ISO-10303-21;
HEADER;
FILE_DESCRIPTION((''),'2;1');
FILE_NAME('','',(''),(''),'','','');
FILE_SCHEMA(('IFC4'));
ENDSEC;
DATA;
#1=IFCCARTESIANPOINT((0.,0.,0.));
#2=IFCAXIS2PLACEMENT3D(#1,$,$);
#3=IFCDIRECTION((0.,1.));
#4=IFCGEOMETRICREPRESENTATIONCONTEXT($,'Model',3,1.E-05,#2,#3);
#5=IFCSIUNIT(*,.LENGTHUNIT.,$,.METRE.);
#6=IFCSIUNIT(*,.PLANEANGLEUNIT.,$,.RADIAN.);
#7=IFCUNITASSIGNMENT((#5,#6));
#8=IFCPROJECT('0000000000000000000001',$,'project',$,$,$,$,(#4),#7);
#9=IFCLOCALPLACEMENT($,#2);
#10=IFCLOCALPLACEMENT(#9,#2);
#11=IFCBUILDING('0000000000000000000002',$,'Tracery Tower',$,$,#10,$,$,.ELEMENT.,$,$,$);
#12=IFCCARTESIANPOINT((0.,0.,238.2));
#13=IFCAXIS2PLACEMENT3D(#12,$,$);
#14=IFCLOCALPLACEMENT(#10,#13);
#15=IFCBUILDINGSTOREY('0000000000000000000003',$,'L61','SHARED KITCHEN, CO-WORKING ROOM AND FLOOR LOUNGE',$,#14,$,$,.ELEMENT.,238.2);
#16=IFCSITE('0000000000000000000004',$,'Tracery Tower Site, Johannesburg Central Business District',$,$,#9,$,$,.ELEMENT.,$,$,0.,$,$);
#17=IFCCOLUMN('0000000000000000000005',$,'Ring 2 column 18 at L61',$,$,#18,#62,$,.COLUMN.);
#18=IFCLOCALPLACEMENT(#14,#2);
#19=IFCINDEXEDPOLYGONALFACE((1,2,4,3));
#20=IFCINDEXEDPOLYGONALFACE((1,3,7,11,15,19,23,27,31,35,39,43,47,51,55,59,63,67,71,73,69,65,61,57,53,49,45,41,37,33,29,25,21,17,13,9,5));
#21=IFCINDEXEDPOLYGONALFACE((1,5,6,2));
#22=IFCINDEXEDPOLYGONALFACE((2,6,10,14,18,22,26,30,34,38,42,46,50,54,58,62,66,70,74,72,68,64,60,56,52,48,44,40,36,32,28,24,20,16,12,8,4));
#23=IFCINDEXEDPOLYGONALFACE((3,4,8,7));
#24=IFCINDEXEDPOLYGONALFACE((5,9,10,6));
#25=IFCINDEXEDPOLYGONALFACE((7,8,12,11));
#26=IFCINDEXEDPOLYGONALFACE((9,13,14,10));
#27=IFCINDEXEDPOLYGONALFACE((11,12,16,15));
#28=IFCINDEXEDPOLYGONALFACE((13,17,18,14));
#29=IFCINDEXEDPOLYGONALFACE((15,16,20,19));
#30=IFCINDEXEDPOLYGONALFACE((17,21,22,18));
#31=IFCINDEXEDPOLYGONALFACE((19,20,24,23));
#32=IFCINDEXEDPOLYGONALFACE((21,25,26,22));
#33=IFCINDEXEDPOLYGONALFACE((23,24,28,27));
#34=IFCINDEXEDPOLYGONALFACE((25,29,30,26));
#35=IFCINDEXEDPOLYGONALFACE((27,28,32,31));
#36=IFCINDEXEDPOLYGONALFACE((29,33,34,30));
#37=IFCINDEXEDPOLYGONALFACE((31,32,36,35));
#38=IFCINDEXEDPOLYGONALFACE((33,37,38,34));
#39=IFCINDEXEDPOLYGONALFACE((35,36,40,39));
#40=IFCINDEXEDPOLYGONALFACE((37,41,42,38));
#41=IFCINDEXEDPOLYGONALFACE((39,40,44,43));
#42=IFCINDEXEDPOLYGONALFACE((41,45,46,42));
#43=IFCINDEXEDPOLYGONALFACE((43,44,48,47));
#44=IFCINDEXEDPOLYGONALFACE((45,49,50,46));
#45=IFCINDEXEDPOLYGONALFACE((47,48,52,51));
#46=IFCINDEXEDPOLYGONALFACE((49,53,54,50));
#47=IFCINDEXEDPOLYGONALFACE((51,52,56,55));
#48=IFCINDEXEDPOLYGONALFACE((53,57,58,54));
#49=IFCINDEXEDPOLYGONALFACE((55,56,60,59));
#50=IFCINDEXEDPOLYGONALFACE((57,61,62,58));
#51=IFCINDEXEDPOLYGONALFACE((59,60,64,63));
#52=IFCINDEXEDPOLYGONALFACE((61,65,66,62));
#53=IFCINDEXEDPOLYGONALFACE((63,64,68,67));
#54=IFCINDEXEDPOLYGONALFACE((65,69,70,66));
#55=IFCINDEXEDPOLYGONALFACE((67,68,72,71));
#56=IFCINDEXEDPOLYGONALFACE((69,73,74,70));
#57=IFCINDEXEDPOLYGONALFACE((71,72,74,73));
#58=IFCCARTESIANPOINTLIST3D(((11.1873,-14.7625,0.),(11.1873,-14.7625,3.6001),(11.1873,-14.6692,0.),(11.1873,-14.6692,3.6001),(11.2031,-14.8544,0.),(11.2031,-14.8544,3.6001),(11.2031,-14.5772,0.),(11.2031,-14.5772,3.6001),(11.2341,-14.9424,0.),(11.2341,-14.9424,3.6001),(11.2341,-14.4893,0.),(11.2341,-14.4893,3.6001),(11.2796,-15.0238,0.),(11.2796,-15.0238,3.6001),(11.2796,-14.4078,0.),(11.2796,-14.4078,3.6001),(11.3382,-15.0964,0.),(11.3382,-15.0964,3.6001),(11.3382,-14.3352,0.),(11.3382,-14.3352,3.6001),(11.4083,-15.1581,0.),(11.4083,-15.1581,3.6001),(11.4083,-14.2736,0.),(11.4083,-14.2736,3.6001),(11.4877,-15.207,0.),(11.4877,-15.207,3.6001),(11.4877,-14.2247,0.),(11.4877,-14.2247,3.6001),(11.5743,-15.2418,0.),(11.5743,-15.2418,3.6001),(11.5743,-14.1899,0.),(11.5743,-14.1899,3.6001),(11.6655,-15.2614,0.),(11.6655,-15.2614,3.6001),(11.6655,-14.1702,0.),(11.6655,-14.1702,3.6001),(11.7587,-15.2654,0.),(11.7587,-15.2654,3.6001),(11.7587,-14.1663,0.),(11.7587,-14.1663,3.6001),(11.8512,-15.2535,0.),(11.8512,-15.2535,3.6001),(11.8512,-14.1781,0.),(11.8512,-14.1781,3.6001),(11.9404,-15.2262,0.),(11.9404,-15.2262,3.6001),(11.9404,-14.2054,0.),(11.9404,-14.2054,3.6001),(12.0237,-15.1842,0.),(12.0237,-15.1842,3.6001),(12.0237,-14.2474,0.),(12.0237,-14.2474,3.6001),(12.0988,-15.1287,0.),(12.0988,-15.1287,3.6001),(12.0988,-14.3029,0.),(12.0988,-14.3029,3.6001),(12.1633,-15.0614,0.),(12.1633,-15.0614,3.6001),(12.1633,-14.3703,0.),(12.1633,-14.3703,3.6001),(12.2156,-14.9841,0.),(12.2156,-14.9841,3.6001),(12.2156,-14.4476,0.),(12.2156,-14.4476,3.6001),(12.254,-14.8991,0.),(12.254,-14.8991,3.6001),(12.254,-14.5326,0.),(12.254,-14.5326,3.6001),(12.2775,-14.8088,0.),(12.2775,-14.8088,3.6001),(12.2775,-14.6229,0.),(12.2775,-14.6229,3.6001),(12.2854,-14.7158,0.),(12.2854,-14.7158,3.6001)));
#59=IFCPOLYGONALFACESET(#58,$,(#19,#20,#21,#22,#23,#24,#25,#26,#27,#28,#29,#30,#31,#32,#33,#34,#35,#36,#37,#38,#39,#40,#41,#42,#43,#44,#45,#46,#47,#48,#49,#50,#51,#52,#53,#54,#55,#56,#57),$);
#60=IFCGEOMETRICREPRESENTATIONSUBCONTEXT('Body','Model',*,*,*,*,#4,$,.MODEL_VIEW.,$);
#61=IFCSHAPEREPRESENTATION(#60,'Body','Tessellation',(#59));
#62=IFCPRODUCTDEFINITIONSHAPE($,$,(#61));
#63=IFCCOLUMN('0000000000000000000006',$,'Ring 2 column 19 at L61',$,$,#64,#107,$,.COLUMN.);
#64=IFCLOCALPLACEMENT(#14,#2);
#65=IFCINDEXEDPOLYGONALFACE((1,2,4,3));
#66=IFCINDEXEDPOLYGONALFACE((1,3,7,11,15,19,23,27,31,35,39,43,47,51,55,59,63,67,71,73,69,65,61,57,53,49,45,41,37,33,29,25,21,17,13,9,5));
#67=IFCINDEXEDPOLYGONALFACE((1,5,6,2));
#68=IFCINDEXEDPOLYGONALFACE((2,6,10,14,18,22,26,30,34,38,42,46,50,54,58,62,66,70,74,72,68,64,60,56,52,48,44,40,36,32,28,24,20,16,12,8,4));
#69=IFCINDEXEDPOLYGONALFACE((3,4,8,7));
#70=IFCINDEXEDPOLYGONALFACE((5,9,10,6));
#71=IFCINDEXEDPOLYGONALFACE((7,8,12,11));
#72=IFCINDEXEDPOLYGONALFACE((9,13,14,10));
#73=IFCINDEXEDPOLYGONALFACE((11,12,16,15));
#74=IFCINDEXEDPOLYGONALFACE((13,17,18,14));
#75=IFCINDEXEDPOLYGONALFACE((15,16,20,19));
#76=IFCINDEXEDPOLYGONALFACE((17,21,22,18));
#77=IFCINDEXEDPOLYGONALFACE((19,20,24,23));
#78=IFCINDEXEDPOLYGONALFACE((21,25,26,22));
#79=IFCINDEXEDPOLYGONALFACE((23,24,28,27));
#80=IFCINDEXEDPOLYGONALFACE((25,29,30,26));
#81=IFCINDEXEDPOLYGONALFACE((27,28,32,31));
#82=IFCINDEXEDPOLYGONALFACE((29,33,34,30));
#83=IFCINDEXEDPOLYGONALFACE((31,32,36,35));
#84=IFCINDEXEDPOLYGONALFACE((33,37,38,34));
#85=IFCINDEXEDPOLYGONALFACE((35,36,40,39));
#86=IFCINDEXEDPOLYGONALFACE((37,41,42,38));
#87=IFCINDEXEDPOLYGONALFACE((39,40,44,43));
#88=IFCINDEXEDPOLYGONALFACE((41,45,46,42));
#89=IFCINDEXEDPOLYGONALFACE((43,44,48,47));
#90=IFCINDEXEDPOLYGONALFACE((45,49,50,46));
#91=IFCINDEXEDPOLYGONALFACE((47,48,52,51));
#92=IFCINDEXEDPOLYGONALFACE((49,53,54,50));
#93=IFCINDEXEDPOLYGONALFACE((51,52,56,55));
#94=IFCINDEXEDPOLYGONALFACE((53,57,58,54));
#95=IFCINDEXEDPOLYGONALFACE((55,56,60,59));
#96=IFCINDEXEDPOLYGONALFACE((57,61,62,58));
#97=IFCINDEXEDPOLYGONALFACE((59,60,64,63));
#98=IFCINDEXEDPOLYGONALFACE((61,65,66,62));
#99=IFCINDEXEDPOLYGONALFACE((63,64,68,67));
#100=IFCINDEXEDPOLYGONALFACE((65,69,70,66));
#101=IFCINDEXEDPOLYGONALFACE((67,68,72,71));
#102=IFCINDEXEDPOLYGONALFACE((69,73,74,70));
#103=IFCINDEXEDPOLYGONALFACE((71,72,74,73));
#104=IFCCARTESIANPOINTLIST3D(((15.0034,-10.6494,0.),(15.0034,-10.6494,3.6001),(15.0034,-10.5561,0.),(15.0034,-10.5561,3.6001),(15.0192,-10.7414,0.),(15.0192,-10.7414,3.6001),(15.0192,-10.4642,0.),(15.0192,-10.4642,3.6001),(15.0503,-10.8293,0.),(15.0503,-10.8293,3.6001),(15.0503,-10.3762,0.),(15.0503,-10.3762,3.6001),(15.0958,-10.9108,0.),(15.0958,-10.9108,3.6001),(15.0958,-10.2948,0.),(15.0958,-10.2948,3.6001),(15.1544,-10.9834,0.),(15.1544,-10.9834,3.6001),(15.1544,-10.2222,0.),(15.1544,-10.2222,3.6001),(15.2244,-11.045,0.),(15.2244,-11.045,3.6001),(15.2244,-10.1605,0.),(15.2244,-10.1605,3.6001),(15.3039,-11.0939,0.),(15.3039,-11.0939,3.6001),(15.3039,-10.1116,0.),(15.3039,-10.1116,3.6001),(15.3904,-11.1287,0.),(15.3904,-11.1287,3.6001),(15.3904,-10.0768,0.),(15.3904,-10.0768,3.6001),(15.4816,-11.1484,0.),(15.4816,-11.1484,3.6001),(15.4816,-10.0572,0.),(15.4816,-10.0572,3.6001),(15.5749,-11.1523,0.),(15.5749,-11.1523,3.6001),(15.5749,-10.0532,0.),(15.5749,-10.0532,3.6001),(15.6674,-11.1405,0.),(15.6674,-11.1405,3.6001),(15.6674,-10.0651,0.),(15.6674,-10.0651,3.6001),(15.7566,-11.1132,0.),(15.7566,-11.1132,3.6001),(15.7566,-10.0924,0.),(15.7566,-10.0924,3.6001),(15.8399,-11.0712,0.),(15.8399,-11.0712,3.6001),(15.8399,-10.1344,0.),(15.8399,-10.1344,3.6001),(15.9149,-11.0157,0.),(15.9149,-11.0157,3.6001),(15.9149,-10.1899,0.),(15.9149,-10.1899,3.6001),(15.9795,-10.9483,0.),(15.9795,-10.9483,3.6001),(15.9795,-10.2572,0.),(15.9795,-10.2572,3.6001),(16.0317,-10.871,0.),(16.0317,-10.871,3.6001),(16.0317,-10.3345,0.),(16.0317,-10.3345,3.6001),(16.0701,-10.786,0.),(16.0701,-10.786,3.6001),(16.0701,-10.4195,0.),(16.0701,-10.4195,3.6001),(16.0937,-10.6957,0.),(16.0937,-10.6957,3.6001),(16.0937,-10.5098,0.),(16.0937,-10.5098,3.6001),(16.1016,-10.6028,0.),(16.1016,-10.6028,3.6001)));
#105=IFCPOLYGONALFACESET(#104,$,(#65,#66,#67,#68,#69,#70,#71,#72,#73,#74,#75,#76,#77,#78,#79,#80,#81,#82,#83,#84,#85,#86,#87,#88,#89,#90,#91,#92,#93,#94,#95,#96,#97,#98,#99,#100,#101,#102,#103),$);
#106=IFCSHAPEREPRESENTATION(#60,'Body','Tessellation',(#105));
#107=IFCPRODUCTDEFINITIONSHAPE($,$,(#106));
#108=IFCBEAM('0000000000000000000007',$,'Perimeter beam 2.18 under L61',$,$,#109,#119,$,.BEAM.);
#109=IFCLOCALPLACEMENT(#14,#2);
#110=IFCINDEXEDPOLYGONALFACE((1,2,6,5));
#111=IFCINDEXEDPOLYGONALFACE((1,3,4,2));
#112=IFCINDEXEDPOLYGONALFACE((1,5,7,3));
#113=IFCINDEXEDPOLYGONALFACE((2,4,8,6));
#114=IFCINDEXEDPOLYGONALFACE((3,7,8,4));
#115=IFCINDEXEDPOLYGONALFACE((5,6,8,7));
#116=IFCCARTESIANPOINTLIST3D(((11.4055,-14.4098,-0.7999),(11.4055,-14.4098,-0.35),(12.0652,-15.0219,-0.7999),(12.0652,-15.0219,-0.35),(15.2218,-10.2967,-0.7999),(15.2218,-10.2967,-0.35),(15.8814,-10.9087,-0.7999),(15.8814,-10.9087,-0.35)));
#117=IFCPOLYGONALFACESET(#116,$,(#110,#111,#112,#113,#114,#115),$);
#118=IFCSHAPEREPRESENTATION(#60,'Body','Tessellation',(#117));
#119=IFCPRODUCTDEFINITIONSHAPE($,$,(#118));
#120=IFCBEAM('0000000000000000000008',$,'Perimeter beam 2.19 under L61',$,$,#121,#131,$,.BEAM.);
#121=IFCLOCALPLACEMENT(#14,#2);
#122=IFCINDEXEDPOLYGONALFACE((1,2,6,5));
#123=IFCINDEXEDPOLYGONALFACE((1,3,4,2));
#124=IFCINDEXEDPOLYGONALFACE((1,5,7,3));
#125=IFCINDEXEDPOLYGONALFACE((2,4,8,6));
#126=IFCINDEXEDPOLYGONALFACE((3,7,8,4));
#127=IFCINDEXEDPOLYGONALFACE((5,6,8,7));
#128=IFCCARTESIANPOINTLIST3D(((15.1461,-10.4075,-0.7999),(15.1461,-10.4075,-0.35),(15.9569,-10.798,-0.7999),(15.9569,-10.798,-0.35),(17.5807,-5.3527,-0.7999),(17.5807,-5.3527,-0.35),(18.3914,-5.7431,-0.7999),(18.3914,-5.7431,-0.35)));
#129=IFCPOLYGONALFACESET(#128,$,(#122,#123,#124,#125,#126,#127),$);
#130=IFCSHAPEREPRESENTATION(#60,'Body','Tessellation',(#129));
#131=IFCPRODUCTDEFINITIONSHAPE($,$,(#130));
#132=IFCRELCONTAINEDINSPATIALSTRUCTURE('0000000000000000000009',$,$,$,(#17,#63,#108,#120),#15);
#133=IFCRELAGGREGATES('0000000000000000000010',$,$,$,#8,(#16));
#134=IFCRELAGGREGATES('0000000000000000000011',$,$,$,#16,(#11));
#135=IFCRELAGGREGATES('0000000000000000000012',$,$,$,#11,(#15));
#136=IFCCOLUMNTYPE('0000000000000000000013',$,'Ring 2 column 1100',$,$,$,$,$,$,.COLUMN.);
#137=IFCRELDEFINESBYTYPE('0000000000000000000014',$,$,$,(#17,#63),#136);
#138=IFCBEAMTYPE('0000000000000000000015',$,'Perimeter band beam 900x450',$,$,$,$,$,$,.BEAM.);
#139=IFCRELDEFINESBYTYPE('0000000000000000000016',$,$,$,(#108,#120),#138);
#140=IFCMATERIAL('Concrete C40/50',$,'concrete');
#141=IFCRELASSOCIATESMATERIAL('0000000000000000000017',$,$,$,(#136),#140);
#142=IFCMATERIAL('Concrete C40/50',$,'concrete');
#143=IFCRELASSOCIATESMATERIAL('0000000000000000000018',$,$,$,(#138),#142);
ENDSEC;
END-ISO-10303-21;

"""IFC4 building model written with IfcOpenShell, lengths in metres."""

from ifc_helpers import new_model, si_unit, direction, frame, origin, origin_2d, place, context, subcontext, project, spatial, rectangle, circle, extrude, material, material_profile, profile_set, type_object, element, save


model = new_model("IFC4")

# Units and contexts
model_context = context("Model", 3, precision=1e-05, world=origin(), true_north=direction((0.0, 1.0)))
body_context = subcontext(model_context, "Body", "Model", "MODEL_VIEW")
ifc_project = project(units=[si_unit("LENGTHUNIT", "METRE"), si_unit("PLANEANGLEUNIT", "RADIAN")], contexts=[model_context])

# Site, building, storey
site_placement = place(None, origin())
site = spatial("IfcSite", under=ifc_project, at=site_placement, Name="Tracery Tower Site, Johannesburg Central Business District", CompositionType="ELEMENT", RefElevation=0.0)
building_placement = place(site_placement, origin())
building = spatial("IfcBuilding", under=site, at=building_placement, Name="Tracery Tower", CompositionType="ELEMENT")
storey_placement = place(building_placement, frame((0.0, 0.0, 238.2)))
storey = spatial("IfcBuildingStorey", under=building, at=storey_placement, Name="L61", Description="SHARED KITCHEN, CO-WORKING ROOM AND FLOOR LOUNGE", CompositionType="ELEMENT", Elevation=238.2)

# Columns
ifc_material_1 = material(Name="Concrete C40/50", Category="concrete")
ifc_material_profile_1 = material_profile(ifc_material_1, circle(Radius=0.55, at=origin_2d()), Name="RC D1100")
ifc_profile_set_1 = profile_set([ifc_material_profile_1], Name="Concrete C40/50")
column_type = type_object("IfcColumnType", Name="Ring 2 column 1100", PredefinedType="COLUMN", material=ifc_profile_set_1)
for number, where, z_axis, x_axis, name in (
    (1, (11.7354, -14.7158, 0.0), (0.0, 0.0, 1.0), (1.0, 0.0, 0.0), "Ring 2 column 18 at L61"),
    (2, (15.5515, -10.6028, 0.0), (0.0, 0.0, 1.0), (1.0, 0.0, 0.0), "Ring 2 column 19 at L61"),
):
    element("IfcColumn", number, at=place(storey_placement, frame(where, z_axis=z_axis, x_axis=x_axis)), inside=storey, type_object=column_type, Name=name, PredefinedType="COLUMN", context=body_context, shape_type="SweptSolid", body=[
        extrude(circle(Radius=0.55, at=origin_2d()), origin(), (0.0, 0.0, 1.0), 3.6001),
    ])

# Beams
ifc_material_2 = material(Name="Concrete C40/50", Category="concrete")
ifc_material_profile_2 = material_profile(ifc_material_2, rectangle(XDim=0.8999, YDim=0.45, at=origin_2d()), Name="RC 900x450")
ifc_profile_set_2 = profile_set([ifc_material_profile_2], Name="Concrete C40/50")
beam_type = type_object("IfcBeamType", Name="Perimeter band beam 900x450", PredefinedType="BEAM", material=ifc_profile_set_2)
beam_1_placement = place(storey_placement, frame((11.7354, -14.7158, -0.575), z_axis=(0.680156, 0.733068, 0.0), x_axis=(-0.733068, 0.680156, 0.0)))
element("IfcBeam", 3, at=beam_1_placement, inside=storey, type_object=beam_type, Name="Perimeter beam 2.18 under L61", PredefinedType="BEAM", context=body_context, shape_type="SweptSolid", body=[
    extrude(rectangle(XDim=0.8999, YDim=0.45, at=origin_2d()), origin(), (0.0, 0.0, 1.0), 5.6108),
])
beam_2_placement = place(storey_placement, frame((15.5515, -10.6028, -0.575), z_axis=(0.433919, 0.900952, 0.0), x_axis=(-0.900952, 0.433919, 0.0)))
element("IfcBeam", 4, at=beam_2_placement, inside=storey, type_object=beam_type, Name="Perimeter beam 2.19 under L61", PredefinedType="BEAM", context=body_context, shape_type="SweptSolid", body=[
    extrude(rectangle(XDim=0.8999, YDim=0.45, at=origin_2d()), origin(), (0.0, 0.0, 1.0), 5.6106),
])

save(model, "model.ifc")
